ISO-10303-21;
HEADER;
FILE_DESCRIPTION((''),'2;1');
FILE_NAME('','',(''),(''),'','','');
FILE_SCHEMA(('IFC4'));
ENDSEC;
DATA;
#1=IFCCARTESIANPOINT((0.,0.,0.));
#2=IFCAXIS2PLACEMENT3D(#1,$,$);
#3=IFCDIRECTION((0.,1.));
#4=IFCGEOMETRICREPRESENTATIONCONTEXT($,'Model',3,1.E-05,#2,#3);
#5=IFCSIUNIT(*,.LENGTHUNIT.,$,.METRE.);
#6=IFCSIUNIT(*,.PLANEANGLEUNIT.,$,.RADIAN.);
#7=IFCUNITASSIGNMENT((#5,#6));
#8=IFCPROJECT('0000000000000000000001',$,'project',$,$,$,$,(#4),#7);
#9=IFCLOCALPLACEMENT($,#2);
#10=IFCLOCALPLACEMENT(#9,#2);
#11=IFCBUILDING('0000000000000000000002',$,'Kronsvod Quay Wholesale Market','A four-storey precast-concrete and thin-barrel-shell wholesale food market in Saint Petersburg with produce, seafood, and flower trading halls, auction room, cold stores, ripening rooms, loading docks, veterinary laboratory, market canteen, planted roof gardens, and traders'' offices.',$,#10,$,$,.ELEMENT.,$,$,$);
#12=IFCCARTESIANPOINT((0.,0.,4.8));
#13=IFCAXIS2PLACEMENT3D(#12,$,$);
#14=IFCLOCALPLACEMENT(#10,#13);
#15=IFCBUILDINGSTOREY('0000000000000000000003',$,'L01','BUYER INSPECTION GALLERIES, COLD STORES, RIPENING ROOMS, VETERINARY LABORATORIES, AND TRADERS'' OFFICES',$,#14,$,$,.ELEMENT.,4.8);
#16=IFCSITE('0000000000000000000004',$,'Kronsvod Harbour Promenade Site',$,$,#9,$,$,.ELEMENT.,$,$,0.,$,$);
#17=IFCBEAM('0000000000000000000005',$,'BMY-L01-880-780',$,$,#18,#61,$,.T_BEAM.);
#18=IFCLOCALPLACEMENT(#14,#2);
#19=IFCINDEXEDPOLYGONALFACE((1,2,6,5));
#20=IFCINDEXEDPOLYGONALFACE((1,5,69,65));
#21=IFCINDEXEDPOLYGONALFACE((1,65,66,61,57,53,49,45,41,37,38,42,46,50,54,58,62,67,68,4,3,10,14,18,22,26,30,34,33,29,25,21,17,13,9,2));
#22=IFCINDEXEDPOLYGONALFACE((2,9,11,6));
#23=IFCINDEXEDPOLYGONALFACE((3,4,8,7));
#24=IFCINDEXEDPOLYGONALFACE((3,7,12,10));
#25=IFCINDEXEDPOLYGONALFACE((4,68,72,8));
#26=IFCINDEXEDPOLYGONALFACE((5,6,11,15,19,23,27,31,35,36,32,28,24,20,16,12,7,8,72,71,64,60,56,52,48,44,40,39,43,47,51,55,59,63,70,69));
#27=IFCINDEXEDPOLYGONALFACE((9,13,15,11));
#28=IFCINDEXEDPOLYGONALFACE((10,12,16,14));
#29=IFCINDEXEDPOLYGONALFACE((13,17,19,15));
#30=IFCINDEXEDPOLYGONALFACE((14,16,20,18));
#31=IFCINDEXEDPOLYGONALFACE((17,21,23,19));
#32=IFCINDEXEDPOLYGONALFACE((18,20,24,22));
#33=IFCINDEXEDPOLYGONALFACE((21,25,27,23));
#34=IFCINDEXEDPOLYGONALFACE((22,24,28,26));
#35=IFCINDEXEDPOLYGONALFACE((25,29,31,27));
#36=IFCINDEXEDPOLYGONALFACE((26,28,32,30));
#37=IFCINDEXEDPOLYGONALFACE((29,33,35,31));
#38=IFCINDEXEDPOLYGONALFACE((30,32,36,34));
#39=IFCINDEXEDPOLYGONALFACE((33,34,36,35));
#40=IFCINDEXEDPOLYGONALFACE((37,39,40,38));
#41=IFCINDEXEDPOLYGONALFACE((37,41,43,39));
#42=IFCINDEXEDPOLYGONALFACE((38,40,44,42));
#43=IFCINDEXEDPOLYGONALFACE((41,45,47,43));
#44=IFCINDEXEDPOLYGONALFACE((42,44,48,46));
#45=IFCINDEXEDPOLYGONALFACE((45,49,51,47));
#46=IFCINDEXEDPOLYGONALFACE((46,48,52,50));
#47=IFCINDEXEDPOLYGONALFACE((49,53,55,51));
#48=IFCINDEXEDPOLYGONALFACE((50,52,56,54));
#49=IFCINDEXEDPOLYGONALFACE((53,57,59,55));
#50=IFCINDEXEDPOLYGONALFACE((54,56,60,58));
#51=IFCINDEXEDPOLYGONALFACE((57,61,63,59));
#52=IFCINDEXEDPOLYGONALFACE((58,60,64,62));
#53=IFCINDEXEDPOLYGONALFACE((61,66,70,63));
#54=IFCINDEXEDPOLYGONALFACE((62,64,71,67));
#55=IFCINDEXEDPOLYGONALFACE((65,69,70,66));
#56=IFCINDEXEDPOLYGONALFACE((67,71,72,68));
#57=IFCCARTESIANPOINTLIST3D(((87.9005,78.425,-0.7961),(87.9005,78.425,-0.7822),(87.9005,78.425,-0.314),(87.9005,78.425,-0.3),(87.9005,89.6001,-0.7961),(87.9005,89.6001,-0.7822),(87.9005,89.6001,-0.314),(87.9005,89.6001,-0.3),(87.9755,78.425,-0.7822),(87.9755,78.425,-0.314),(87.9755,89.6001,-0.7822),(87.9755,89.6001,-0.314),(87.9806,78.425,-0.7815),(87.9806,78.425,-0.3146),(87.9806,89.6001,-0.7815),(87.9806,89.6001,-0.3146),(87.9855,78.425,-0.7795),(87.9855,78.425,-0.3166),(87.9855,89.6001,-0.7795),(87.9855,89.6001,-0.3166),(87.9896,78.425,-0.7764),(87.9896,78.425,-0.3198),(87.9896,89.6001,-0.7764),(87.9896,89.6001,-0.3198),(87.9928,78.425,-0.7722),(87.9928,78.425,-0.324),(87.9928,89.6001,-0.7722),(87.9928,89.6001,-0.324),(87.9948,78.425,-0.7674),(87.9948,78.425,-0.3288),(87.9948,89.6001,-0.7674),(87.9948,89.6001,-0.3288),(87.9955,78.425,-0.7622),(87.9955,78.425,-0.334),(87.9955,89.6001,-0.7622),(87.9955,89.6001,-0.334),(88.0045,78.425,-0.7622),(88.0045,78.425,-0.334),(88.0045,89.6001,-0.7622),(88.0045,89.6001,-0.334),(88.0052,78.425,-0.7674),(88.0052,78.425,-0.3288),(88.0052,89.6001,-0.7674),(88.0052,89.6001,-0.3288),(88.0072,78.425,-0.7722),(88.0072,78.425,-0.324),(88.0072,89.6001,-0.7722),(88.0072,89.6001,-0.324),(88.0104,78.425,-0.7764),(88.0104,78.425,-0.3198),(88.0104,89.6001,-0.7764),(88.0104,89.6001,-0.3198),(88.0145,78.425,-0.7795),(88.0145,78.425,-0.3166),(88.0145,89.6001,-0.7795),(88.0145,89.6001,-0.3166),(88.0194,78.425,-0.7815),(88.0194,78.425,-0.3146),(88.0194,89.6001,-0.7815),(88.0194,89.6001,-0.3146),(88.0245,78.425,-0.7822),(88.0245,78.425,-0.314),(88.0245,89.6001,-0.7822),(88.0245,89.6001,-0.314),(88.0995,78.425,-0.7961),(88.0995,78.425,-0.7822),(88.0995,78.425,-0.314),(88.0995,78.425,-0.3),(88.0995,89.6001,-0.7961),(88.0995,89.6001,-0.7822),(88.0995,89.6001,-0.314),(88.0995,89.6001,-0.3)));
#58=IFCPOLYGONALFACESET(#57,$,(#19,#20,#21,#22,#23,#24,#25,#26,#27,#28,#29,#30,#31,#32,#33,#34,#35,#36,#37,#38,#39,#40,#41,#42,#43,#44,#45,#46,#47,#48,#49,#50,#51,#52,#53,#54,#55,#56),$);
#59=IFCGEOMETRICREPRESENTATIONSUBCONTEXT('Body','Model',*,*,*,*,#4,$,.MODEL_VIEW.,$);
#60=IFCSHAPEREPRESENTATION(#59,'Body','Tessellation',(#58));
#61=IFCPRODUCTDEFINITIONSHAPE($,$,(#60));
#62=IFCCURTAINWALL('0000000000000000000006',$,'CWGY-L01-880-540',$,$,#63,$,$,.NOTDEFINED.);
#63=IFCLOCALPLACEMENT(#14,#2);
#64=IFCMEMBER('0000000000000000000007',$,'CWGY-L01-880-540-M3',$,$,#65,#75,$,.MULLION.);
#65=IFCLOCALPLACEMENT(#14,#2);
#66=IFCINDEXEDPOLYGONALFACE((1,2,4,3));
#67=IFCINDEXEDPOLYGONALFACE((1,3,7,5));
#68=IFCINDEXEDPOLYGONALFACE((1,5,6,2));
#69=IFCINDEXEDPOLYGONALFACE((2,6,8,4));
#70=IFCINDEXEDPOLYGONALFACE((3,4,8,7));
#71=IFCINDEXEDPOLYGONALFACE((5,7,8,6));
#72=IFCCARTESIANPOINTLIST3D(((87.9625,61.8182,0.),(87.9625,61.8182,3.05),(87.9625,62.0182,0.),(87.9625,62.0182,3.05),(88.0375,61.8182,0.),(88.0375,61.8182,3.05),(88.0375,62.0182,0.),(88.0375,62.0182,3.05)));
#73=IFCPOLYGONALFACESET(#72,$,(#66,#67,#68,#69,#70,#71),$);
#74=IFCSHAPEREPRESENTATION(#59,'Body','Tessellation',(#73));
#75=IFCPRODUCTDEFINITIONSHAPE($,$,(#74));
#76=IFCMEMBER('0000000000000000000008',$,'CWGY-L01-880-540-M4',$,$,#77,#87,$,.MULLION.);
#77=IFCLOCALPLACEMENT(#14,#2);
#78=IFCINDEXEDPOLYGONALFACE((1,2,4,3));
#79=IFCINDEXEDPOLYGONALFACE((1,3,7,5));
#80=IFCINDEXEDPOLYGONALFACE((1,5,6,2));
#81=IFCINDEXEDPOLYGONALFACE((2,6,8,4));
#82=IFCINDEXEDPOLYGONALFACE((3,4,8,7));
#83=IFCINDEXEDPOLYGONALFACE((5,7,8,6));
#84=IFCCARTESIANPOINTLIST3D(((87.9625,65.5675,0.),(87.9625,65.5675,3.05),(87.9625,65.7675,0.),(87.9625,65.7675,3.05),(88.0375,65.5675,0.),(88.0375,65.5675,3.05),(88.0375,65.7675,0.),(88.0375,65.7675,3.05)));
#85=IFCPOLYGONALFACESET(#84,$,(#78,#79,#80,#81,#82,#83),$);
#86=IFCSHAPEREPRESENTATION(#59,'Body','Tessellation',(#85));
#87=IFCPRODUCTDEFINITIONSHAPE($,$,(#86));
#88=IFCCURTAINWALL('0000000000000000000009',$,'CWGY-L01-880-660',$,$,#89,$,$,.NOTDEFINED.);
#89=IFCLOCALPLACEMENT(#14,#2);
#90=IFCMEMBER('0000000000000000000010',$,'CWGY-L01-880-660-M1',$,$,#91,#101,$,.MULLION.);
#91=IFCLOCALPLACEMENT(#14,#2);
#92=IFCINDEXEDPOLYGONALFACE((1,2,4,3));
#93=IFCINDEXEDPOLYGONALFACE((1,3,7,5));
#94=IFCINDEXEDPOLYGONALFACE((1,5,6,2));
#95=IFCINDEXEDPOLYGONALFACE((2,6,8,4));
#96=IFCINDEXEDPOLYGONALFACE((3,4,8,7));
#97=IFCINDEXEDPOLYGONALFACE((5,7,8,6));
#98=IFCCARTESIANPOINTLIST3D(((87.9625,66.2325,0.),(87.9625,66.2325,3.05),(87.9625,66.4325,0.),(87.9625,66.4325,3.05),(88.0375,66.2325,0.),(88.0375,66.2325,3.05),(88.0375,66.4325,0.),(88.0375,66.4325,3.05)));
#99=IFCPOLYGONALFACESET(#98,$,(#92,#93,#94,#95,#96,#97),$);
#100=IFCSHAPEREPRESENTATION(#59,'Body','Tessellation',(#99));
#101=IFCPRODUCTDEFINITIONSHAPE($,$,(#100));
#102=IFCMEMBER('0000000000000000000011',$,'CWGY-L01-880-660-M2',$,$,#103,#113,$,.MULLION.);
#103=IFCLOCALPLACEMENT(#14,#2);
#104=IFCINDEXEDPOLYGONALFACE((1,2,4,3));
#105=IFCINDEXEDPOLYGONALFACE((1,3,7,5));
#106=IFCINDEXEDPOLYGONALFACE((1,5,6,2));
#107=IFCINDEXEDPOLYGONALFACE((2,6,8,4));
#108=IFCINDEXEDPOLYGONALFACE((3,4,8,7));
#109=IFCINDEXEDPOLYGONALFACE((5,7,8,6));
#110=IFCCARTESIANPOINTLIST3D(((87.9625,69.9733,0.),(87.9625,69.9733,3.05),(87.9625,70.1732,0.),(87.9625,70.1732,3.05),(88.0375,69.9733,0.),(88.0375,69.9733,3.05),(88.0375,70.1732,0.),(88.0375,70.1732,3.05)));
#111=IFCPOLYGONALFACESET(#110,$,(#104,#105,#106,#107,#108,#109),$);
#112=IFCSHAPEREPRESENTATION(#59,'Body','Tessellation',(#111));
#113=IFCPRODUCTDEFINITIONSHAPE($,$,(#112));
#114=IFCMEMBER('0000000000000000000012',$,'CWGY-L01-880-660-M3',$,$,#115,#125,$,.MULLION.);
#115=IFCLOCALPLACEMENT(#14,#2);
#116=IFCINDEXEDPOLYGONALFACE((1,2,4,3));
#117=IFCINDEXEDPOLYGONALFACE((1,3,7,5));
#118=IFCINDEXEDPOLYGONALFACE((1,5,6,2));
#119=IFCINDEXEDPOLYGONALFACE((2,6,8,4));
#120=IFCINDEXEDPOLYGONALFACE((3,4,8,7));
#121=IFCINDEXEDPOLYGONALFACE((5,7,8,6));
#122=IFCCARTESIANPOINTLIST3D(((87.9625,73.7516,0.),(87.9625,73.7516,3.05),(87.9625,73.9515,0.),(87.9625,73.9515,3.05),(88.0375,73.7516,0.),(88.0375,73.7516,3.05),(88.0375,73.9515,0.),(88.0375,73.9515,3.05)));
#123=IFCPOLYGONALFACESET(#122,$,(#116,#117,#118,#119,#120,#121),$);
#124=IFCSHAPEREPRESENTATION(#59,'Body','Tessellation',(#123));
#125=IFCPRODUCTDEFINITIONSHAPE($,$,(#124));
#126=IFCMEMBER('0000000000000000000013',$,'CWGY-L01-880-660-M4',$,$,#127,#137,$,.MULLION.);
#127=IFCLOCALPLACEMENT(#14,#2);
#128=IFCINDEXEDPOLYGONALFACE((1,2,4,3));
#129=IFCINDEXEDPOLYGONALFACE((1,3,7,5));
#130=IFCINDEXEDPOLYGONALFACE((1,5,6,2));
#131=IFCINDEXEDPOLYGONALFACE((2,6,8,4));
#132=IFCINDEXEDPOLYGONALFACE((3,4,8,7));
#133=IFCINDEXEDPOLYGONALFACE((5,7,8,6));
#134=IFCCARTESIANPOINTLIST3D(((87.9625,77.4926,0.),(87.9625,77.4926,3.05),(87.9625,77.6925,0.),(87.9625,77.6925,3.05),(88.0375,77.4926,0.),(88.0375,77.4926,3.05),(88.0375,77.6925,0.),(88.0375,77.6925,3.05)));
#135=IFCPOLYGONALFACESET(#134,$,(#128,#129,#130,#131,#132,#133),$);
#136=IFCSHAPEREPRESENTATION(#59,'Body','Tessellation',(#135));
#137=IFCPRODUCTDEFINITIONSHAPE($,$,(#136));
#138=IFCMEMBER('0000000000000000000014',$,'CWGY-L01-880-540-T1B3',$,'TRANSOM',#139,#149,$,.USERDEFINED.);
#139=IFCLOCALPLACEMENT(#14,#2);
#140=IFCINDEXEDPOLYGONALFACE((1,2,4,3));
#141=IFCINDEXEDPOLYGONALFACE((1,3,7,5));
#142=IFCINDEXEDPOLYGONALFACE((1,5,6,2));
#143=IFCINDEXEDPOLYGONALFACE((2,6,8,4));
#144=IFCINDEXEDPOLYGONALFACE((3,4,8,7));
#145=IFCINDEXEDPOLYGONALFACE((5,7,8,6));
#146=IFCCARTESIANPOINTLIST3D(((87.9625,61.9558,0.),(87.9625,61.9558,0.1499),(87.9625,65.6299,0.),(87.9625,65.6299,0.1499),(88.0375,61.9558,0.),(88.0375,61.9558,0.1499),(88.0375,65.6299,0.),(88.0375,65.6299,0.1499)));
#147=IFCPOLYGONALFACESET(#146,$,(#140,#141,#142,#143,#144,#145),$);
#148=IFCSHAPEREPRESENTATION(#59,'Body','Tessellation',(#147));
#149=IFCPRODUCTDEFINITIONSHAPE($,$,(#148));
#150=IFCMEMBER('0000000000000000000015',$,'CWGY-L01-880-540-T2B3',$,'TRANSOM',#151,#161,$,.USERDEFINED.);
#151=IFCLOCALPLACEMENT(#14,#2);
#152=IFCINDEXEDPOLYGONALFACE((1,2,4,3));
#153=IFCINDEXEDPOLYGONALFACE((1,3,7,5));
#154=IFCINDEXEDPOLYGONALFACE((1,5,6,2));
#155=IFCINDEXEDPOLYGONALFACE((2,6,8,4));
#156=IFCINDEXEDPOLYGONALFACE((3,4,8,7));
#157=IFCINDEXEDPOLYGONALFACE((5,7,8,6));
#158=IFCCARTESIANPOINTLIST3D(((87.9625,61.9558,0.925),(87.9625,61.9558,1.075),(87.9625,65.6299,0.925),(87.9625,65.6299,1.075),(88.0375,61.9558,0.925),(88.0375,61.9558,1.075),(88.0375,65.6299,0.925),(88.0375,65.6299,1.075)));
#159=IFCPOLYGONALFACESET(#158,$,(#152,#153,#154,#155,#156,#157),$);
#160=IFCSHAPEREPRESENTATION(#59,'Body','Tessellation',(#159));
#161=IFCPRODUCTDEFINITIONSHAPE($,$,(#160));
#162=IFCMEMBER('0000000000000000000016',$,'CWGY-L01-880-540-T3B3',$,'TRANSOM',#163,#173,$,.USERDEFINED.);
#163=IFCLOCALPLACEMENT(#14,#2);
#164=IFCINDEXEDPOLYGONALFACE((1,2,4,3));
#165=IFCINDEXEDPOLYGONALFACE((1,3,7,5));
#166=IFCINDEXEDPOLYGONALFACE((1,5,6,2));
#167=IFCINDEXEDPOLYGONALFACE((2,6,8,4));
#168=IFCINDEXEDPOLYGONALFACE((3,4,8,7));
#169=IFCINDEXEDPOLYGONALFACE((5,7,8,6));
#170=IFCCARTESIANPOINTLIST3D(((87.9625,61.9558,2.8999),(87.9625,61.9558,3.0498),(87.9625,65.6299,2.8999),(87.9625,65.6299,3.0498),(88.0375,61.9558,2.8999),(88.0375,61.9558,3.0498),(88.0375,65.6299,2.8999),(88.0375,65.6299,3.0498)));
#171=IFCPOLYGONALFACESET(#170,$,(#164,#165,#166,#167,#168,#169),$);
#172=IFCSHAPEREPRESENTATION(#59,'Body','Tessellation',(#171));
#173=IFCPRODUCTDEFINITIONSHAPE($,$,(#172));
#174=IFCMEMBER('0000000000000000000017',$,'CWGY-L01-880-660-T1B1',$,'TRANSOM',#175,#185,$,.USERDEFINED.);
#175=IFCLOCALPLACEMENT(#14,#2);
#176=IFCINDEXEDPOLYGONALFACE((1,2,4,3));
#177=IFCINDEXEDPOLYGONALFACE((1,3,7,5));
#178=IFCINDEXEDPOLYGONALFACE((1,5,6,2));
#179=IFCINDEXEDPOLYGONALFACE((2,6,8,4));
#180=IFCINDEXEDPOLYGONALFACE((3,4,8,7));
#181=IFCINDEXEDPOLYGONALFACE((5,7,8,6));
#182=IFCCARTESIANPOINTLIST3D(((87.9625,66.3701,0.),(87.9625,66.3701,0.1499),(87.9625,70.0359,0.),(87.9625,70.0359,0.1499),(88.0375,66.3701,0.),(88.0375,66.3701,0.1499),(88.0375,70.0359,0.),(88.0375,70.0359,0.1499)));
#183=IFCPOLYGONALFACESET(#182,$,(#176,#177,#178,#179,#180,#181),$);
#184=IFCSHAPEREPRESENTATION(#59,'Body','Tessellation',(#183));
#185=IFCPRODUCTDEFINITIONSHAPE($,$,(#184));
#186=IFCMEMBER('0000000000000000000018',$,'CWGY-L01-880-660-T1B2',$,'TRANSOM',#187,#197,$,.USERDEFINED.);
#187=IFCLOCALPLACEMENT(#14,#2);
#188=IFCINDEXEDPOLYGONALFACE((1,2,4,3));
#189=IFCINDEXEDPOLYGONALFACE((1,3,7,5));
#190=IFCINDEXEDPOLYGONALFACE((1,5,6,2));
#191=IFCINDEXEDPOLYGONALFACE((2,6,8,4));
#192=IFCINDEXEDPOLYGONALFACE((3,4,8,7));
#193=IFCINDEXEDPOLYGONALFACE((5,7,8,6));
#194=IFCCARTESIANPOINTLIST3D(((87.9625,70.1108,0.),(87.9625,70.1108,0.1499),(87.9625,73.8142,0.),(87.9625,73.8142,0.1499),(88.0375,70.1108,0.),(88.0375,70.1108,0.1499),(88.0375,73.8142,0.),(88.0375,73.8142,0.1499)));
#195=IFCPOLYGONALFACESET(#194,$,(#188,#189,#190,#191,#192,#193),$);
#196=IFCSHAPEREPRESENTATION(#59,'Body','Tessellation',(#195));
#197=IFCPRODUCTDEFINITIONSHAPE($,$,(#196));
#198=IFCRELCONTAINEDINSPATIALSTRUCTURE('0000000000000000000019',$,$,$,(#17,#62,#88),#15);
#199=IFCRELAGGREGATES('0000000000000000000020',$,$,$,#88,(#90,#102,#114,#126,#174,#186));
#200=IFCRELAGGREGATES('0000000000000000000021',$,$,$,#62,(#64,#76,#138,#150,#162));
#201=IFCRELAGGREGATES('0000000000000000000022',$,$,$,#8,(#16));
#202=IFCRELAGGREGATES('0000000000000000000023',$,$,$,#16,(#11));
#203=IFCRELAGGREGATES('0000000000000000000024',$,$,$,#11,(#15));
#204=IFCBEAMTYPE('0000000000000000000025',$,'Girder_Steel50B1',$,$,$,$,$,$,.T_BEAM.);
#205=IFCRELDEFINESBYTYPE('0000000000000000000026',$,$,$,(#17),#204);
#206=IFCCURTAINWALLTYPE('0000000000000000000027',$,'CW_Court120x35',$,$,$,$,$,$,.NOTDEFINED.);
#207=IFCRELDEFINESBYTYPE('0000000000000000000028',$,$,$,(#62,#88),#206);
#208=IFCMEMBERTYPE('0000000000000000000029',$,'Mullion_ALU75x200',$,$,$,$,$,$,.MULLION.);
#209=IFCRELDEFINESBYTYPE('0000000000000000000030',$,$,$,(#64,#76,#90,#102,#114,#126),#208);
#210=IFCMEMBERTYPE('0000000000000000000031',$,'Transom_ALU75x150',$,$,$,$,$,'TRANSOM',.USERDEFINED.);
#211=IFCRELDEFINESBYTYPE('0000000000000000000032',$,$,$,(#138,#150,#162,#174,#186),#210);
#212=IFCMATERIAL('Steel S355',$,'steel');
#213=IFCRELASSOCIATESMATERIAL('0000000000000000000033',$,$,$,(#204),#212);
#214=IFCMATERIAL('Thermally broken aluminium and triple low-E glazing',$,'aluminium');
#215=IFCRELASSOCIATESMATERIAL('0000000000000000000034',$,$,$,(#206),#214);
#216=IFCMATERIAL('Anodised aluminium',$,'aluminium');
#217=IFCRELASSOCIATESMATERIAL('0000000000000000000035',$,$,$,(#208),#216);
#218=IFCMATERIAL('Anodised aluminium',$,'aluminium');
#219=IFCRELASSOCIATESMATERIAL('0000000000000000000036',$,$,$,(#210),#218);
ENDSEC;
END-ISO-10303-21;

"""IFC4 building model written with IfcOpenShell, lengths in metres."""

from ifc_helpers import new_model, si_unit, direction, frame, origin, origin_2d, place, context, subcontext, project, spatial, rectangle, i_section, extrude, material, material_profile, profile_set, type_object, element, aggregate, save


model = new_model("IFC4")

# Units and contexts
model_context = context("Model", 3, precision=1e-05, world=origin(), true_north=direction((0.0, 1.0)))
body_context = subcontext(model_context, "Body", "Model", "MODEL_VIEW")
ifc_project = project(units=[si_unit("LENGTHUNIT", "METRE"), si_unit("PLANEANGLEUNIT", "RADIAN")], contexts=[model_context])

# Site, building, storey
site_placement = place(None, origin())
site = spatial("IfcSite", under=ifc_project, at=site_placement, Name="Kronsvod Harbour Promenade Site", CompositionType="ELEMENT", RefElevation=0.0)
building_placement = place(site_placement, origin())
building = spatial("IfcBuilding", under=site, at=building_placement, Name="Kronsvod Quay Wholesale Market", Description="A four-storey precast-concrete and thin-barrel-shell wholesale food market in Saint Petersburg with produce, seafood, and flower trading halls, auction room, cold stores, ripening rooms, loading docks, veterinary laboratory, market canteen, planted roof gardens, and traders' offices.", CompositionType="ELEMENT")
storey_placement = place(building_placement, frame((0.0, 0.0, 4.8)))
storey = spatial("IfcBuildingStorey", under=building, at=storey_placement, Name="L01", Description="BUYER INSPECTION GALLERIES, COLD STORES, RIPENING ROOMS, VETERINARY LABORATORIES, AND TRADERS' OFFICES", CompositionType="ELEMENT", Elevation=4.8)

# Beam
ifc_material_1 = material(Name="Steel S355", Category="steel")
ifc_material_profile_1 = material_profile(ifc_material_1, i_section(OverallWidth=0.199, OverallDepth=0.4961, WebThickness=0.009, FlangeThickness=0.0139, FilletRadius=0.02, at=origin_2d()), Name="50B1")
ifc_profile_set_1 = profile_set([ifc_material_profile_1], Name="Steel S355")
beam_type_1 = type_object("IfcBeamType", Name="Girder_Steel50B1", PredefinedType="T_BEAM", material=ifc_profile_set_1)
beam_1_placement = place(storey_placement, frame((88.0, 78.425, -0.5481), z_axis=(0.0, 1.0, 0.0), x_axis=(-1.0, 0.0, 0.0)))
element("IfcBeam", 1, at=beam_1_placement, inside=storey, type_object=beam_type_1, Name="BMY-L01-880-780", PredefinedType="T_BEAM", context=body_context, shape_type="SweptSolid", body=[
    extrude(i_section(OverallWidth=0.199, OverallDepth=0.4961, WebThickness=0.009, FlangeThickness=0.0139, FilletRadius=0.02, at=origin_2d()), origin(), (0.0, 0.0, 1.0), 11.175),
])

# Curtain walls, members
ifc_material_2 = material(Name="Thermally broken aluminium and triple low-E glazing", Category="aluminium")
curtain_wall_type = type_object("IfcCurtainWallType", Name="CW_Court120x35", PredefinedType="NOTDEFINED", material=ifc_material_2)
curtain_wall_1_placement = place(storey_placement, origin())
curtain_wall_1 = element("IfcCurtainWall", 2, at=curtain_wall_1_placement, inside=storey, type_object=curtain_wall_type, Name="CWGY-L01-880-540", PredefinedType="NOTDEFINED")
ifc_material_3 = material(Name="Anodised aluminium", Category="aluminium")
ifc_material_profile_2 = material_profile(ifc_material_3, rectangle(XDim=0.075, YDim=0.2, at=origin_2d()), Name="ALUM75x200")
ifc_profile_set_2 = profile_set([ifc_material_profile_2], Name="Anodised aluminium")
member_type_1 = type_object("IfcMemberType", Name="Mullion_ALU75x200", PredefinedType="MULLION", material=ifc_profile_set_2)
member_1_placement = place(storey_placement, frame((88.0, 61.9182, 0.0), z_axis=(0.0, 0.0, 1.0), x_axis=(1.0, 0.0, 0.0)))
member_1 = element("IfcMember", 3, at=member_1_placement, type_object=member_type_1, Name="CWGY-L01-880-540-M3", PredefinedType="MULLION", context=body_context, shape_type="SweptSolid", body=[
    extrude(rectangle(XDim=0.075, YDim=0.2, at=origin_2d()), origin(), (0.0, 0.0, 1.0), 3.05),
])
member_2_placement = place(storey_placement, frame((88.0, 65.6675, 0.0), z_axis=(0.0, 0.0, 1.0), x_axis=(1.0, 0.0, 0.0)))
member_2 = element("IfcMember", 4, at=member_2_placement, type_object=member_type_1, Name="CWGY-L01-880-540-M4", PredefinedType="MULLION", context=body_context, shape_type="SweptSolid", body=[
    extrude(rectangle(XDim=0.075, YDim=0.2, at=origin_2d()), origin(), (0.0, 0.0, 1.0), 3.05),
])
curtain_wall_2_placement = place(storey_placement, origin())
curtain_wall_2 = element("IfcCurtainWall", 5, at=curtain_wall_2_placement, inside=storey, type_object=curtain_wall_type, Name="CWGY-L01-880-660", PredefinedType="NOTDEFINED")
member_3_placement = place(storey_placement, frame((88.0, 66.3325, 0.0), z_axis=(0.0, 0.0, 1.0), x_axis=(1.0, 0.0, 0.0)))
member_3 = element("IfcMember", 6, at=member_3_placement, type_object=member_type_1, Name="CWGY-L01-880-660-M1", PredefinedType="MULLION", context=body_context, shape_type="SweptSolid", body=[
    extrude(rectangle(XDim=0.075, YDim=0.2, at=origin_2d()), origin(), (0.0, 0.0, 1.0), 3.05),
])
member_4_placement = place(storey_placement, frame((88.0, 70.0732, 0.0), z_axis=(0.0, 0.0, 1.0), x_axis=(1.0, 0.0, 0.0)))
member_4 = element("IfcMember", 7, at=member_4_placement, type_object=member_type_1, Name="CWGY-L01-880-660-M2", PredefinedType="MULLION", context=body_context, shape_type="SweptSolid", body=[
    extrude(rectangle(XDim=0.075, YDim=0.2, at=origin_2d()), origin(), (0.0, 0.0, 1.0), 3.05),
])
member_5_placement = place(storey_placement, frame((88.0, 73.8516, 0.0), z_axis=(0.0, 0.0, 1.0), x_axis=(1.0, 0.0, 0.0)))
member_5 = element("IfcMember", 8, at=member_5_placement, type_object=member_type_1, Name="CWGY-L01-880-660-M3", PredefinedType="MULLION", context=body_context, shape_type="SweptSolid", body=[
    extrude(rectangle(XDim=0.075, YDim=0.2, at=origin_2d()), origin(), (0.0, 0.0, 1.0), 3.05),
])
member_6_placement = place(storey_placement, frame((88.0, 77.5925, 0.0), z_axis=(0.0, 0.0, 1.0), x_axis=(1.0, 0.0, 0.0)))
member_6 = element("IfcMember", 9, at=member_6_placement, type_object=member_type_1, Name="CWGY-L01-880-660-M4", PredefinedType="MULLION", context=body_context, shape_type="SweptSolid", body=[
    extrude(rectangle(XDim=0.075, YDim=0.2, at=origin_2d()), origin(), (0.0, 0.0, 1.0), 3.05),
])

# Members
ifc_material_4 = material(Name="Anodised aluminium", Category="aluminium")
ifc_material_profile_3 = material_profile(ifc_material_4, rectangle(XDim=0.075, YDim=0.1499, at=origin_2d()), Name="ALUT75x150")
ifc_profile_set_3 = profile_set([ifc_material_profile_3], Name="Anodised aluminium")
member_type_2 = type_object("IfcMemberType", Name="Transom_ALU75x150", ElementType="TRANSOM", PredefinedType="USERDEFINED", material=ifc_profile_set_3)
member_7_placement = place(storey_placement, frame((88.0, 61.9558, 0.075), z_axis=(0.0, 1.0, 0.0), x_axis=(-1.0, 0.0, 0.0)))
member_7 = element("IfcMember", 10, at=member_7_placement, type_object=member_type_2, Name="CWGY-L01-880-540-T1B3", ObjectType="TRANSOM", PredefinedType="USERDEFINED", context=body_context, shape_type="SweptSolid", body=[
    extrude(rectangle(XDim=0.075, YDim=0.1499, at=origin_2d()), origin(), (0.0, 0.0, 1.0), 3.6741),
])
member_8_placement = place(storey_placement, frame((88.0, 61.9558, 1.0), z_axis=(0.0, 1.0, 0.0), x_axis=(-1.0, 0.0, 0.0)))
member_8 = element("IfcMember", 11, at=member_8_placement, type_object=member_type_2, Name="CWGY-L01-880-540-T2B3", ObjectType="TRANSOM", PredefinedType="USERDEFINED", context=body_context, shape_type="SweptSolid", body=[
    extrude(rectangle(XDim=0.075, YDim=0.1499, at=origin_2d()), origin(), (0.0, 0.0, 1.0), 3.6741),
])
member_9_placement = place(storey_placement, frame((88.0, 61.9558, 2.9749), z_axis=(0.0, 1.0, 0.0), x_axis=(-1.0, 0.0, 0.0)))
member_9 = element("IfcMember", 12, at=member_9_placement, type_object=member_type_2, Name="CWGY-L01-880-540-T3B3", ObjectType="TRANSOM", PredefinedType="USERDEFINED", context=body_context, shape_type="SweptSolid", body=[
    extrude(rectangle(XDim=0.075, YDim=0.1499, at=origin_2d()), origin(), (0.0, 0.0, 1.0), 3.6741),
])
member_10_placement = place(storey_placement, frame((88.0, 66.3701, 0.075), z_axis=(0.0, 1.0, 0.0), x_axis=(-1.0, 0.0, 0.0)))
member_10 = element("IfcMember", 13, at=member_10_placement, type_object=member_type_2, Name="CWGY-L01-880-660-T1B1", ObjectType="TRANSOM", PredefinedType="USERDEFINED", context=body_context, shape_type="SweptSolid", body=[
    extrude(rectangle(XDim=0.075, YDim=0.1499, at=origin_2d()), origin(), (0.0, 0.0, 1.0), 3.6658),
])
member_11_placement = place(storey_placement, frame((88.0, 70.1108, 0.075), z_axis=(0.0, 1.0, 0.0), x_axis=(-1.0, 0.0, 0.0)))
member_11 = element("IfcMember", 14, at=member_11_placement, type_object=member_type_2, Name="CWGY-L01-880-660-T1B2", ObjectType="TRANSOM", PredefinedType="USERDEFINED", context=body_context, shape_type="SweptSolid", body=[
    extrude(rectangle(XDim=0.075, YDim=0.1499, at=origin_2d()), origin(), (0.0, 0.0, 1.0), 3.7034),
])

aggregate(curtain_wall_2, [member_3, member_4, member_5, member_6, member_10, member_11])
aggregate(curtain_wall_1, [member_1, member_2, member_7, member_8, member_9])

save(model, "model.ifc")
